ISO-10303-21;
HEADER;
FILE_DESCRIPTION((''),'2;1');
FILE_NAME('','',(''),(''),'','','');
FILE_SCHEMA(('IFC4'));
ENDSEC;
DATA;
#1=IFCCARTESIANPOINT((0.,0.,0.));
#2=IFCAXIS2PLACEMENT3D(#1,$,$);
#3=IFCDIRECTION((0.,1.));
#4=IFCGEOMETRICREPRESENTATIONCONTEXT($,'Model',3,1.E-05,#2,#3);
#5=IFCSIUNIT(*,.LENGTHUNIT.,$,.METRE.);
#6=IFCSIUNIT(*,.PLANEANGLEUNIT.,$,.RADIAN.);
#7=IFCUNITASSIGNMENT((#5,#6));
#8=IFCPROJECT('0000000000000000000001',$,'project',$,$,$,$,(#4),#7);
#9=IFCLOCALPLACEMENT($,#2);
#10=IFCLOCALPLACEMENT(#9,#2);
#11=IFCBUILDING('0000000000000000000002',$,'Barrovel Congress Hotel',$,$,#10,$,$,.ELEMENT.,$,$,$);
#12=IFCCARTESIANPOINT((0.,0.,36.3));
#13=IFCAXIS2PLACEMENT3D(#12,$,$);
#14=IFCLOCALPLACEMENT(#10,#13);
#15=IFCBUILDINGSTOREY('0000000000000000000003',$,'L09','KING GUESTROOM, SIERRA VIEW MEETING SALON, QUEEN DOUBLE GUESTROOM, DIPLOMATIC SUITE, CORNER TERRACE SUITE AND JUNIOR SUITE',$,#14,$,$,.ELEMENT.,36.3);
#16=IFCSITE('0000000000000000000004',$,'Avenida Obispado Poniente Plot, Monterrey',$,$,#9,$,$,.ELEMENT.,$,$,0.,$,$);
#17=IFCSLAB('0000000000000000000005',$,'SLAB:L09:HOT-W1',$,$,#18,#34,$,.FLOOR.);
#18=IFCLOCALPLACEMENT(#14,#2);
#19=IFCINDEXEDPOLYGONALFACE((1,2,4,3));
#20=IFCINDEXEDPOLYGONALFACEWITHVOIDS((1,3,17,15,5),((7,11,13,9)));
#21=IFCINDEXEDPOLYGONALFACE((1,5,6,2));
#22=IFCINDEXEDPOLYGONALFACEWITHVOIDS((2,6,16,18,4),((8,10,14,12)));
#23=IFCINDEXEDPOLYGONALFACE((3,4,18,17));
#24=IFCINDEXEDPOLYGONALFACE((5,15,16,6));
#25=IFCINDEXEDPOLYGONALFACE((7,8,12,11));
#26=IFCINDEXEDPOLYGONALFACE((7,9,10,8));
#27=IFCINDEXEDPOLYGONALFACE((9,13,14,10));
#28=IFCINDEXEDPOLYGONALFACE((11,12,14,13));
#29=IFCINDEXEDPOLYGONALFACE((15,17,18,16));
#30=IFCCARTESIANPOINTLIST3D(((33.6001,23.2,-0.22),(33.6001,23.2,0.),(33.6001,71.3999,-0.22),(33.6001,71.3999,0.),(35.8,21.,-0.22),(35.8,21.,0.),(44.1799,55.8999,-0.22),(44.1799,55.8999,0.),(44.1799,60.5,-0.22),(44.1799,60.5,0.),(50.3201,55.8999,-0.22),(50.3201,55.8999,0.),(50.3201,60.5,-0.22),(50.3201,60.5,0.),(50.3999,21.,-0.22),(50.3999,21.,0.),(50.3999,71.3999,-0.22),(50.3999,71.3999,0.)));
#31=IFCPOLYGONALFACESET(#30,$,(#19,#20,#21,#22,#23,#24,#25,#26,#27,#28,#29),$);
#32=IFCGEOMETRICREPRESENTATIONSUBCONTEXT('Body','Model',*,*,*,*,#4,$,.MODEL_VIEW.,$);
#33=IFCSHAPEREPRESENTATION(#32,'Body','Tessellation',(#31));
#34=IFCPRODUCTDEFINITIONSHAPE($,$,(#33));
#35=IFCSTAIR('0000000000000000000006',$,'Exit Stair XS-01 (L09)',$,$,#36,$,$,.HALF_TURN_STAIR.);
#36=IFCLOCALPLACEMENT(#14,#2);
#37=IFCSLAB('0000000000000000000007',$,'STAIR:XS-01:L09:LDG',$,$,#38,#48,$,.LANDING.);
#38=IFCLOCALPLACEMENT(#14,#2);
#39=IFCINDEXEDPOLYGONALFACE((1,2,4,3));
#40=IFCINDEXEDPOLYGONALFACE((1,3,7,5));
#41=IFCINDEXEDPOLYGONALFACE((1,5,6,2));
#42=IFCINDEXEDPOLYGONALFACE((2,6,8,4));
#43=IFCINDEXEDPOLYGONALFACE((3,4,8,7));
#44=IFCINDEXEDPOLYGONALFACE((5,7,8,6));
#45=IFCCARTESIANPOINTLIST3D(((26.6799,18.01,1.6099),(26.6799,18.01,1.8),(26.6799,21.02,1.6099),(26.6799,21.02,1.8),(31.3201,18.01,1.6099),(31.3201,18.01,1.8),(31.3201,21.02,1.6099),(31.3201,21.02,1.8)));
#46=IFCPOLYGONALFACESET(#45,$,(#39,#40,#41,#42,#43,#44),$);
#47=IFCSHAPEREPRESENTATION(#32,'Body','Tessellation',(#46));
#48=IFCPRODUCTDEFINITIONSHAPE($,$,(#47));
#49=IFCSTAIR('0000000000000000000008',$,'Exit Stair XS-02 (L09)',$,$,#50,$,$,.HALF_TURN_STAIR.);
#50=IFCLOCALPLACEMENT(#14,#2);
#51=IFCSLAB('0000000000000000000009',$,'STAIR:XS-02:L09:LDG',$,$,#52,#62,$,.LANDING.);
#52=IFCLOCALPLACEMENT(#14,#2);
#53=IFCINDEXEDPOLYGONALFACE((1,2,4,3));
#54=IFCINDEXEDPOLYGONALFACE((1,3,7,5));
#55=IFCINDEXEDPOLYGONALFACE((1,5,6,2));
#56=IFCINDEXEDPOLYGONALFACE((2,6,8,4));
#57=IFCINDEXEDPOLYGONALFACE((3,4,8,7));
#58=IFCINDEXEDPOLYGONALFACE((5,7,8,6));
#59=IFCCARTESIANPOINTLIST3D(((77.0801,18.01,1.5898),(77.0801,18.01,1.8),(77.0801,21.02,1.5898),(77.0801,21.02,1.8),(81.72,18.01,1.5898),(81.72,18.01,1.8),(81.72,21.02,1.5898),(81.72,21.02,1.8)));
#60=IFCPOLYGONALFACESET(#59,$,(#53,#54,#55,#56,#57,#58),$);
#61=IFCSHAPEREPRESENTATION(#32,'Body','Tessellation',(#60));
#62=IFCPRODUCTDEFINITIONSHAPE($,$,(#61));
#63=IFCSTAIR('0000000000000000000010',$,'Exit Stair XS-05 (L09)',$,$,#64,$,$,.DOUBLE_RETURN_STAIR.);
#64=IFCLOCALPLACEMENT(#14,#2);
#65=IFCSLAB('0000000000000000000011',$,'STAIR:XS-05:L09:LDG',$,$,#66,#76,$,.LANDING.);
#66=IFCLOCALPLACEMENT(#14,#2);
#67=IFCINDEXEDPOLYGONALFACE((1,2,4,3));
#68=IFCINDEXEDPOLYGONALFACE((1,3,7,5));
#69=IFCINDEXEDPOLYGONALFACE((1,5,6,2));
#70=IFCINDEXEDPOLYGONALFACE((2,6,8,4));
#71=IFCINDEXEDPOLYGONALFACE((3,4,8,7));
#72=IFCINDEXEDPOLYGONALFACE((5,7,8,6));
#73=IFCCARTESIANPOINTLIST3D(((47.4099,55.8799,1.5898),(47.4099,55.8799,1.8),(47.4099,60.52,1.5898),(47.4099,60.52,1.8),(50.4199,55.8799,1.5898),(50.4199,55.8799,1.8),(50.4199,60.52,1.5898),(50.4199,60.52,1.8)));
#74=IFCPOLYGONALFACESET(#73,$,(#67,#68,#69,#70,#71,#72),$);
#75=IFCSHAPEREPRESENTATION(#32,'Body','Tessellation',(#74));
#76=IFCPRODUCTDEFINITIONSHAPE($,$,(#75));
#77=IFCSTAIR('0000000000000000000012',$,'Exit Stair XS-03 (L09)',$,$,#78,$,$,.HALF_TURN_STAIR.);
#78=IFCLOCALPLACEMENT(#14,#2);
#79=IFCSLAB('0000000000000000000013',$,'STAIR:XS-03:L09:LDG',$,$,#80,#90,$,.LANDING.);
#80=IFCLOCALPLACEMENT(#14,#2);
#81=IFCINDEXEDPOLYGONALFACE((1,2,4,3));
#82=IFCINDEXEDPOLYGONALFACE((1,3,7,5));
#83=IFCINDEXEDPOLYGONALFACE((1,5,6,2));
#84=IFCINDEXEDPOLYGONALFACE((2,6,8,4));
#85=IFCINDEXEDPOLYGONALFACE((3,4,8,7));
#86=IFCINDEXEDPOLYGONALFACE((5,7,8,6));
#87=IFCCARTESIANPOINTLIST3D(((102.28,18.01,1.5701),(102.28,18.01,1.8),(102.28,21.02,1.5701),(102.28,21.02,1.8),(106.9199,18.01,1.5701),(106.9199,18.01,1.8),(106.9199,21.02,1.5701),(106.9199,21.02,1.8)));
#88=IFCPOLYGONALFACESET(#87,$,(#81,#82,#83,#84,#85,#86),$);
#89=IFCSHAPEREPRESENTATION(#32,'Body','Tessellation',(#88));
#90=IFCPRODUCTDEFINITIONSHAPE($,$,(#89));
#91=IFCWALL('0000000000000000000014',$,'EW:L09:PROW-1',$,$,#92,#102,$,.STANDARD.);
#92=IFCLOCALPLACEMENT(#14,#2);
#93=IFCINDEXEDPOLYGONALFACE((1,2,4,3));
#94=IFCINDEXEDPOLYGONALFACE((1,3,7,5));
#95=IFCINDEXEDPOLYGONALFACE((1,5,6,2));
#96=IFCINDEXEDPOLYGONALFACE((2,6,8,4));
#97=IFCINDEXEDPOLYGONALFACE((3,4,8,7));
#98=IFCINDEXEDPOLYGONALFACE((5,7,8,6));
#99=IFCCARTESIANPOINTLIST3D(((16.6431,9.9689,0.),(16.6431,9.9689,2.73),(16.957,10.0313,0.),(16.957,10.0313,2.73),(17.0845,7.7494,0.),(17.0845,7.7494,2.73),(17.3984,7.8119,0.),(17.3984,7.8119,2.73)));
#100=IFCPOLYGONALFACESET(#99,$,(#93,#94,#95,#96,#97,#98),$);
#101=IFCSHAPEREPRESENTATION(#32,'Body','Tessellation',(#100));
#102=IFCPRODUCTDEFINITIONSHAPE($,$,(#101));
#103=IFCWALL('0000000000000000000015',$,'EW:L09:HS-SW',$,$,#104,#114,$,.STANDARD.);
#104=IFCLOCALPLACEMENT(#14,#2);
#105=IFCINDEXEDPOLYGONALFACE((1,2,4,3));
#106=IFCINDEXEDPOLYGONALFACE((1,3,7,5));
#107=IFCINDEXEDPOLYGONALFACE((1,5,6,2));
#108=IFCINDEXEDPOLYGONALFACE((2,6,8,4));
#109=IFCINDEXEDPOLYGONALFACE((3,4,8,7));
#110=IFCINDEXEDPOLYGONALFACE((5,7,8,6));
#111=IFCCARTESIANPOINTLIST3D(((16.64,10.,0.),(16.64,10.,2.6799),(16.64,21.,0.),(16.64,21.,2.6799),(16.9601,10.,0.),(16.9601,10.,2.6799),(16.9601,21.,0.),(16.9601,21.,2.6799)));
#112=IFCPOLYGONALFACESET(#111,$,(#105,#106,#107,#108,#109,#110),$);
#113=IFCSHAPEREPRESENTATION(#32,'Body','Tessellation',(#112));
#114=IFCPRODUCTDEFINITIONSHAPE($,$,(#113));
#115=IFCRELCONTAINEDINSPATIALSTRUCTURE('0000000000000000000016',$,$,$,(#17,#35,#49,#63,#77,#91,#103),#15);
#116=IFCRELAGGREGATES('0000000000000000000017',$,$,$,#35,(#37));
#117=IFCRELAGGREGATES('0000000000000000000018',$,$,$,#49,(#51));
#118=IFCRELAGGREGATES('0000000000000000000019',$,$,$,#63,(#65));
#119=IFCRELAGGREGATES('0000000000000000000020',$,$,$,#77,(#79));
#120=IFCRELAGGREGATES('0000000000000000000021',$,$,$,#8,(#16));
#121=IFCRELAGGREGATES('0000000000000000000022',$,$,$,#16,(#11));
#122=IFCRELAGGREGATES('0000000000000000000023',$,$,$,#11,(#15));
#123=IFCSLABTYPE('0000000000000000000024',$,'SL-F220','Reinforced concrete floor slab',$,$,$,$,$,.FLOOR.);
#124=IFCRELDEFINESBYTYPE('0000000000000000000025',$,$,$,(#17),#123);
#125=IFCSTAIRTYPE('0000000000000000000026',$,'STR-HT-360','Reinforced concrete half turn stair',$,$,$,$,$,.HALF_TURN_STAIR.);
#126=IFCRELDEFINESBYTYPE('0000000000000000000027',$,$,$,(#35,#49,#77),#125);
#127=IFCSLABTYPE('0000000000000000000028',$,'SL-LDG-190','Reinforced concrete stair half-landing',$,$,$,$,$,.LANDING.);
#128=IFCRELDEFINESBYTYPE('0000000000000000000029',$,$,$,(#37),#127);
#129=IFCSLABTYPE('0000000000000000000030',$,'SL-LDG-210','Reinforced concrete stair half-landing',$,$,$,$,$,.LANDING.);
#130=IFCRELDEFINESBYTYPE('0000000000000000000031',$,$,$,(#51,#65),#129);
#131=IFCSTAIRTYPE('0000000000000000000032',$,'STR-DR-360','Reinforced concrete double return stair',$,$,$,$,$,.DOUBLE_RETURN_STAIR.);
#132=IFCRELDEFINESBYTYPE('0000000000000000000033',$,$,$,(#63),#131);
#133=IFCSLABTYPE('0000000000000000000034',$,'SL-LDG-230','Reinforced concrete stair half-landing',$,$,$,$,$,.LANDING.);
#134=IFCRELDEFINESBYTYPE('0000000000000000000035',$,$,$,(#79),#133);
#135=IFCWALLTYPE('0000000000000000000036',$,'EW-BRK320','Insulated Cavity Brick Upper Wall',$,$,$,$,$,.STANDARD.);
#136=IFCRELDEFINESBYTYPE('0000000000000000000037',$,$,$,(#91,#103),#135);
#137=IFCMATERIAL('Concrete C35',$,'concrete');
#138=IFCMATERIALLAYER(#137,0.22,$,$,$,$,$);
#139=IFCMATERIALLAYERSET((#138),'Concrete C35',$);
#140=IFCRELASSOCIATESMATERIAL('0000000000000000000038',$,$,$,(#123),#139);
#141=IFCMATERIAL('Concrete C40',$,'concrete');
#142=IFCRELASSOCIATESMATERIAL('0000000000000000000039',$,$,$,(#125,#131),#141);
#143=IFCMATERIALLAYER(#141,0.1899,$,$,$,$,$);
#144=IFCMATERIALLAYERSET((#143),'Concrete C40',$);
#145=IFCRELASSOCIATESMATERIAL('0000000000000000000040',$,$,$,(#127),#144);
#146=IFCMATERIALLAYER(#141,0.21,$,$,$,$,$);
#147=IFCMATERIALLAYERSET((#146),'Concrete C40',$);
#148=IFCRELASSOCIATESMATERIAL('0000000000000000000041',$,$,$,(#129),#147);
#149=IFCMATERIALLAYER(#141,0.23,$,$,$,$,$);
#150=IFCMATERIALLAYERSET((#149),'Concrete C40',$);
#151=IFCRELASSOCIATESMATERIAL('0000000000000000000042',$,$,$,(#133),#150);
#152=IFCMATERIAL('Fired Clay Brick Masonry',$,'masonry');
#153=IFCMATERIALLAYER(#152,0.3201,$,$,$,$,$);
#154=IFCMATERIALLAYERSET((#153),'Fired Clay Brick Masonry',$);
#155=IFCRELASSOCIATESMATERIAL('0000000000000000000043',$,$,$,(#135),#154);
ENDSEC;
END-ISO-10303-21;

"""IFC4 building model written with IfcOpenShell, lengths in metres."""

from ifc_helpers import new_model, si_unit, direction, frame, frame_2d, origin, place, context, subcontext, project, spatial, polyline, rectangle, outline, extrude, material, layer, layer_set, type_object, element, aggregate, save


model = new_model("IFC4")

# Units and contexts
model_context = context("Model", 3, precision=1e-05, world=origin(), true_north=direction((0.0, 1.0)))
body_context = subcontext(model_context, "Body", "Model", "MODEL_VIEW")
ifc_project = project(units=[si_unit("LENGTHUNIT", "METRE"), si_unit("PLANEANGLEUNIT", "RADIAN")], contexts=[model_context])

# Site, building, storey
site_placement = place(None, origin())
site = spatial("IfcSite", under=ifc_project, at=site_placement, Name="Avenida Obispado Poniente Plot, Monterrey", CompositionType="ELEMENT", RefElevation=0.0)
building_placement = place(site_placement, origin())
building = spatial("IfcBuilding", under=site, at=building_placement, Name="Barrovel Congress Hotel", CompositionType="ELEMENT")
storey_placement = place(building_placement, frame((0.0, 0.0, 36.3)))
storey = spatial("IfcBuildingStorey", under=building, at=storey_placement, Name="L09", Description="KING GUESTROOM, SIERRA VIEW MEETING SALON, QUEEN DOUBLE GUESTROOM, DIPLOMATIC SUITE, CORNER TERRACE SUITE AND JUNIOR SUITE", CompositionType="ELEMENT", Elevation=36.3)

# Shared definitions
ifc_material_1 = material(Name="Concrete C40", Category="concrete")

# Slab
ifc_material_2 = material(Name="Concrete C35", Category="concrete")
ifc_layer_1 = layer(ifc_material_2, 0.22)
ifc_layer_set_1 = layer_set([ifc_layer_1], Name="Concrete C35")
slab_type_1 = type_object("IfcSlabType", Name="SL-F220", Description="Reinforced concrete floor slab", PredefinedType="FLOOR", material=ifc_layer_set_1)
slab_1_placement = place(storey_placement, frame((0.0, 0.0, -0.22)))
element("IfcSlab", 1, at=slab_1_placement, inside=storey, type_object=slab_type_1, Name="SLAB:L09:HOT-W1", PredefinedType="FLOOR", context=body_context, shape_type="SweptSolid", body=[
    extrude(outline(polyline([(35.8, 21.0), (50.3999, 21.0), (50.3999, 71.3999), (33.6001, 71.3999), (33.6001, 23.2), (35.8, 21.0)]), holes=[polyline([(44.1799, 55.8999), (44.1799, 60.5), (50.3201, 60.5), (50.3201, 55.8999), (44.1799, 55.8999)])]), origin(), (0.0, 0.0, 1.0), 0.22),
])

# Stairs, slabs
stair_type_1 = type_object("IfcStairType", Name="STR-HT-360", Description="Reinforced concrete half turn stair", PredefinedType="HALF_TURN_STAIR", material=ifc_material_1)
stair_1_placement = place(storey_placement, origin())
stair_1 = element("IfcStair", 2, at=stair_1_placement, inside=storey, type_object=stair_type_1, Name="Exit Stair XS-01 (L09)", PredefinedType="HALF_TURN_STAIR")
ifc_layer_2 = layer(ifc_material_1, 0.1899)
ifc_layer_set_2 = layer_set([ifc_layer_2], Name="Concrete C40")
slab_type_2 = type_object("IfcSlabType", Name="SL-LDG-190", Description="Reinforced concrete stair half-landing", PredefinedType="LANDING", material=ifc_layer_set_2)
slab_2_placement = place(storey_placement, frame((0.0, 0.0, 1.6099)))
slab_2 = element("IfcSlab", 3, at=slab_2_placement, type_object=slab_type_2, Name="STAIR:XS-01:L09:LDG", PredefinedType="LANDING", context=body_context, shape_type="SweptSolid", body=[
    extrude(outline(polyline([(26.6799, 18.01), (31.3201, 18.01), (31.3201, 21.02), (26.6799, 21.02), (26.6799, 18.01)])), origin(), (0.0, 0.0, 1.0), 0.1902),
])
aggregate(stair_1, [slab_2])
stair_2_placement = place(storey_placement, origin())
stair_2 = element("IfcStair", 4, at=stair_2_placement, inside=storey, type_object=stair_type_1, Name="Exit Stair XS-02 (L09)", PredefinedType="HALF_TURN_STAIR")
ifc_layer_3 = layer(ifc_material_1, 0.21)
ifc_layer_set_3 = layer_set([ifc_layer_3], Name="Concrete C40")
slab_type_3 = type_object("IfcSlabType", Name="SL-LDG-210", Description="Reinforced concrete stair half-landing", PredefinedType="LANDING", material=ifc_layer_set_3)
slab_3_placement = place(storey_placement, frame((0.0, 0.0, 1.5898)))
slab_3 = element("IfcSlab", 5, at=slab_3_placement, type_object=slab_type_3, Name="STAIR:XS-02:L09:LDG", PredefinedType="LANDING", context=body_context, shape_type="SweptSolid", body=[
    extrude(outline(polyline([(77.0801, 18.01), (81.72, 18.01), (81.72, 21.02), (77.0801, 21.02), (77.0801, 18.01)])), origin(), (0.0, 0.0, 1.0), 0.2102),
])
aggregate(stair_2, [slab_3])
stair_type_2 = type_object("IfcStairType", Name="STR-DR-360", Description="Reinforced concrete double return stair", PredefinedType="DOUBLE_RETURN_STAIR", material=ifc_material_1)
stair_3_placement = place(storey_placement, origin())
stair_3 = element("IfcStair", 6, at=stair_3_placement, inside=storey, type_object=stair_type_2, Name="Exit Stair XS-05 (L09)", PredefinedType="DOUBLE_RETURN_STAIR")
slab_4_placement = place(storey_placement, frame((0.0, 0.0, 1.5898)))
slab_4 = element("IfcSlab", 7, at=slab_4_placement, type_object=slab_type_3, Name="STAIR:XS-05:L09:LDG", PredefinedType="LANDING", context=body_context, shape_type="SweptSolid", body=[
    extrude(outline(polyline([(47.4099, 55.8799), (50.4199, 55.8799), (50.4199, 60.52), (47.4099, 60.52), (47.4099, 55.8799)])), origin(), (0.0, 0.0, 1.0), 0.2102),
])
aggregate(stair_3, [slab_4])
stair_4_placement = place(storey_placement, origin())
stair_4 = element("IfcStair", 8, at=stair_4_placement, inside=storey, type_object=stair_type_1, Name="Exit Stair XS-03 (L09)", PredefinedType="HALF_TURN_STAIR")
ifc_layer_4 = layer(ifc_material_1, 0.23)
ifc_layer_set_4 = layer_set([ifc_layer_4], Name="Concrete C40")
slab_type_4 = type_object("IfcSlabType", Name="SL-LDG-230", Description="Reinforced concrete stair half-landing", PredefinedType="LANDING", material=ifc_layer_set_4)
slab_5_placement = place(storey_placement, frame((0.0, 0.0, 1.5701)))
slab_5 = element("IfcSlab", 9, at=slab_5_placement, type_object=slab_type_4, Name="STAIR:XS-03:L09:LDG", PredefinedType="LANDING", context=body_context, shape_type="SweptSolid", body=[
    extrude(outline(polyline([(102.28, 18.01), (106.9199, 18.01), (106.9199, 21.02), (102.28, 21.02), (102.28, 18.01)])), origin(), (0.0, 0.0, 1.0), 0.23),
])
aggregate(stair_4, [slab_5])

# Walls
ifc_material_3 = material(Name="Fired Clay Brick Masonry", Category="masonry")
ifc_layer_5 = layer(ifc_material_3, 0.3201)
ifc_layer_set_5 = layer_set([ifc_layer_5], Name="Fired Clay Brick Masonry")
wall_type = type_object("IfcWallType", Name="EW-BRK320", Description="Insulated Cavity Brick Upper Wall", PredefinedType="STANDARD", material=ifc_layer_set_5)
wall_1_placement = place(storey_placement, frame((16.8, 10.0, 0.0), z_axis=(0.0, 0.0, 1.0), x_axis=(0.195058, -0.980792, 0.0)))
element("IfcWall", 10, at=wall_1_placement, inside=storey, type_object=wall_type, Name="EW:L09:PROW-1", PredefinedType="STANDARD", context=body_context, shape_type="SweptSolid", body=[
    extrude(rectangle(XDim=2.2629, YDim=0.3201, at=frame_2d((1.1313, 0.0))), origin(), (0.0, 0.0, 1.0), 2.73),
])
wall_2_placement = place(storey_placement, frame((16.8, 21.0, 0.0), z_axis=(0.0, 0.0, 1.0), x_axis=(0.0, -1.0, 0.0)))
element("IfcWall", 11, at=wall_2_placement, inside=storey, type_object=wall_type, Name="EW:L09:HS-SW", PredefinedType="STANDARD", context=body_context, shape_type="SweptSolid", body=[
    extrude(rectangle(XDim=11.0, YDim=0.3201, at=frame_2d((5.5, 0.0))), origin(), (0.0, 0.0, 1.0), 2.6799),
])

save(model, "model.ifc")
